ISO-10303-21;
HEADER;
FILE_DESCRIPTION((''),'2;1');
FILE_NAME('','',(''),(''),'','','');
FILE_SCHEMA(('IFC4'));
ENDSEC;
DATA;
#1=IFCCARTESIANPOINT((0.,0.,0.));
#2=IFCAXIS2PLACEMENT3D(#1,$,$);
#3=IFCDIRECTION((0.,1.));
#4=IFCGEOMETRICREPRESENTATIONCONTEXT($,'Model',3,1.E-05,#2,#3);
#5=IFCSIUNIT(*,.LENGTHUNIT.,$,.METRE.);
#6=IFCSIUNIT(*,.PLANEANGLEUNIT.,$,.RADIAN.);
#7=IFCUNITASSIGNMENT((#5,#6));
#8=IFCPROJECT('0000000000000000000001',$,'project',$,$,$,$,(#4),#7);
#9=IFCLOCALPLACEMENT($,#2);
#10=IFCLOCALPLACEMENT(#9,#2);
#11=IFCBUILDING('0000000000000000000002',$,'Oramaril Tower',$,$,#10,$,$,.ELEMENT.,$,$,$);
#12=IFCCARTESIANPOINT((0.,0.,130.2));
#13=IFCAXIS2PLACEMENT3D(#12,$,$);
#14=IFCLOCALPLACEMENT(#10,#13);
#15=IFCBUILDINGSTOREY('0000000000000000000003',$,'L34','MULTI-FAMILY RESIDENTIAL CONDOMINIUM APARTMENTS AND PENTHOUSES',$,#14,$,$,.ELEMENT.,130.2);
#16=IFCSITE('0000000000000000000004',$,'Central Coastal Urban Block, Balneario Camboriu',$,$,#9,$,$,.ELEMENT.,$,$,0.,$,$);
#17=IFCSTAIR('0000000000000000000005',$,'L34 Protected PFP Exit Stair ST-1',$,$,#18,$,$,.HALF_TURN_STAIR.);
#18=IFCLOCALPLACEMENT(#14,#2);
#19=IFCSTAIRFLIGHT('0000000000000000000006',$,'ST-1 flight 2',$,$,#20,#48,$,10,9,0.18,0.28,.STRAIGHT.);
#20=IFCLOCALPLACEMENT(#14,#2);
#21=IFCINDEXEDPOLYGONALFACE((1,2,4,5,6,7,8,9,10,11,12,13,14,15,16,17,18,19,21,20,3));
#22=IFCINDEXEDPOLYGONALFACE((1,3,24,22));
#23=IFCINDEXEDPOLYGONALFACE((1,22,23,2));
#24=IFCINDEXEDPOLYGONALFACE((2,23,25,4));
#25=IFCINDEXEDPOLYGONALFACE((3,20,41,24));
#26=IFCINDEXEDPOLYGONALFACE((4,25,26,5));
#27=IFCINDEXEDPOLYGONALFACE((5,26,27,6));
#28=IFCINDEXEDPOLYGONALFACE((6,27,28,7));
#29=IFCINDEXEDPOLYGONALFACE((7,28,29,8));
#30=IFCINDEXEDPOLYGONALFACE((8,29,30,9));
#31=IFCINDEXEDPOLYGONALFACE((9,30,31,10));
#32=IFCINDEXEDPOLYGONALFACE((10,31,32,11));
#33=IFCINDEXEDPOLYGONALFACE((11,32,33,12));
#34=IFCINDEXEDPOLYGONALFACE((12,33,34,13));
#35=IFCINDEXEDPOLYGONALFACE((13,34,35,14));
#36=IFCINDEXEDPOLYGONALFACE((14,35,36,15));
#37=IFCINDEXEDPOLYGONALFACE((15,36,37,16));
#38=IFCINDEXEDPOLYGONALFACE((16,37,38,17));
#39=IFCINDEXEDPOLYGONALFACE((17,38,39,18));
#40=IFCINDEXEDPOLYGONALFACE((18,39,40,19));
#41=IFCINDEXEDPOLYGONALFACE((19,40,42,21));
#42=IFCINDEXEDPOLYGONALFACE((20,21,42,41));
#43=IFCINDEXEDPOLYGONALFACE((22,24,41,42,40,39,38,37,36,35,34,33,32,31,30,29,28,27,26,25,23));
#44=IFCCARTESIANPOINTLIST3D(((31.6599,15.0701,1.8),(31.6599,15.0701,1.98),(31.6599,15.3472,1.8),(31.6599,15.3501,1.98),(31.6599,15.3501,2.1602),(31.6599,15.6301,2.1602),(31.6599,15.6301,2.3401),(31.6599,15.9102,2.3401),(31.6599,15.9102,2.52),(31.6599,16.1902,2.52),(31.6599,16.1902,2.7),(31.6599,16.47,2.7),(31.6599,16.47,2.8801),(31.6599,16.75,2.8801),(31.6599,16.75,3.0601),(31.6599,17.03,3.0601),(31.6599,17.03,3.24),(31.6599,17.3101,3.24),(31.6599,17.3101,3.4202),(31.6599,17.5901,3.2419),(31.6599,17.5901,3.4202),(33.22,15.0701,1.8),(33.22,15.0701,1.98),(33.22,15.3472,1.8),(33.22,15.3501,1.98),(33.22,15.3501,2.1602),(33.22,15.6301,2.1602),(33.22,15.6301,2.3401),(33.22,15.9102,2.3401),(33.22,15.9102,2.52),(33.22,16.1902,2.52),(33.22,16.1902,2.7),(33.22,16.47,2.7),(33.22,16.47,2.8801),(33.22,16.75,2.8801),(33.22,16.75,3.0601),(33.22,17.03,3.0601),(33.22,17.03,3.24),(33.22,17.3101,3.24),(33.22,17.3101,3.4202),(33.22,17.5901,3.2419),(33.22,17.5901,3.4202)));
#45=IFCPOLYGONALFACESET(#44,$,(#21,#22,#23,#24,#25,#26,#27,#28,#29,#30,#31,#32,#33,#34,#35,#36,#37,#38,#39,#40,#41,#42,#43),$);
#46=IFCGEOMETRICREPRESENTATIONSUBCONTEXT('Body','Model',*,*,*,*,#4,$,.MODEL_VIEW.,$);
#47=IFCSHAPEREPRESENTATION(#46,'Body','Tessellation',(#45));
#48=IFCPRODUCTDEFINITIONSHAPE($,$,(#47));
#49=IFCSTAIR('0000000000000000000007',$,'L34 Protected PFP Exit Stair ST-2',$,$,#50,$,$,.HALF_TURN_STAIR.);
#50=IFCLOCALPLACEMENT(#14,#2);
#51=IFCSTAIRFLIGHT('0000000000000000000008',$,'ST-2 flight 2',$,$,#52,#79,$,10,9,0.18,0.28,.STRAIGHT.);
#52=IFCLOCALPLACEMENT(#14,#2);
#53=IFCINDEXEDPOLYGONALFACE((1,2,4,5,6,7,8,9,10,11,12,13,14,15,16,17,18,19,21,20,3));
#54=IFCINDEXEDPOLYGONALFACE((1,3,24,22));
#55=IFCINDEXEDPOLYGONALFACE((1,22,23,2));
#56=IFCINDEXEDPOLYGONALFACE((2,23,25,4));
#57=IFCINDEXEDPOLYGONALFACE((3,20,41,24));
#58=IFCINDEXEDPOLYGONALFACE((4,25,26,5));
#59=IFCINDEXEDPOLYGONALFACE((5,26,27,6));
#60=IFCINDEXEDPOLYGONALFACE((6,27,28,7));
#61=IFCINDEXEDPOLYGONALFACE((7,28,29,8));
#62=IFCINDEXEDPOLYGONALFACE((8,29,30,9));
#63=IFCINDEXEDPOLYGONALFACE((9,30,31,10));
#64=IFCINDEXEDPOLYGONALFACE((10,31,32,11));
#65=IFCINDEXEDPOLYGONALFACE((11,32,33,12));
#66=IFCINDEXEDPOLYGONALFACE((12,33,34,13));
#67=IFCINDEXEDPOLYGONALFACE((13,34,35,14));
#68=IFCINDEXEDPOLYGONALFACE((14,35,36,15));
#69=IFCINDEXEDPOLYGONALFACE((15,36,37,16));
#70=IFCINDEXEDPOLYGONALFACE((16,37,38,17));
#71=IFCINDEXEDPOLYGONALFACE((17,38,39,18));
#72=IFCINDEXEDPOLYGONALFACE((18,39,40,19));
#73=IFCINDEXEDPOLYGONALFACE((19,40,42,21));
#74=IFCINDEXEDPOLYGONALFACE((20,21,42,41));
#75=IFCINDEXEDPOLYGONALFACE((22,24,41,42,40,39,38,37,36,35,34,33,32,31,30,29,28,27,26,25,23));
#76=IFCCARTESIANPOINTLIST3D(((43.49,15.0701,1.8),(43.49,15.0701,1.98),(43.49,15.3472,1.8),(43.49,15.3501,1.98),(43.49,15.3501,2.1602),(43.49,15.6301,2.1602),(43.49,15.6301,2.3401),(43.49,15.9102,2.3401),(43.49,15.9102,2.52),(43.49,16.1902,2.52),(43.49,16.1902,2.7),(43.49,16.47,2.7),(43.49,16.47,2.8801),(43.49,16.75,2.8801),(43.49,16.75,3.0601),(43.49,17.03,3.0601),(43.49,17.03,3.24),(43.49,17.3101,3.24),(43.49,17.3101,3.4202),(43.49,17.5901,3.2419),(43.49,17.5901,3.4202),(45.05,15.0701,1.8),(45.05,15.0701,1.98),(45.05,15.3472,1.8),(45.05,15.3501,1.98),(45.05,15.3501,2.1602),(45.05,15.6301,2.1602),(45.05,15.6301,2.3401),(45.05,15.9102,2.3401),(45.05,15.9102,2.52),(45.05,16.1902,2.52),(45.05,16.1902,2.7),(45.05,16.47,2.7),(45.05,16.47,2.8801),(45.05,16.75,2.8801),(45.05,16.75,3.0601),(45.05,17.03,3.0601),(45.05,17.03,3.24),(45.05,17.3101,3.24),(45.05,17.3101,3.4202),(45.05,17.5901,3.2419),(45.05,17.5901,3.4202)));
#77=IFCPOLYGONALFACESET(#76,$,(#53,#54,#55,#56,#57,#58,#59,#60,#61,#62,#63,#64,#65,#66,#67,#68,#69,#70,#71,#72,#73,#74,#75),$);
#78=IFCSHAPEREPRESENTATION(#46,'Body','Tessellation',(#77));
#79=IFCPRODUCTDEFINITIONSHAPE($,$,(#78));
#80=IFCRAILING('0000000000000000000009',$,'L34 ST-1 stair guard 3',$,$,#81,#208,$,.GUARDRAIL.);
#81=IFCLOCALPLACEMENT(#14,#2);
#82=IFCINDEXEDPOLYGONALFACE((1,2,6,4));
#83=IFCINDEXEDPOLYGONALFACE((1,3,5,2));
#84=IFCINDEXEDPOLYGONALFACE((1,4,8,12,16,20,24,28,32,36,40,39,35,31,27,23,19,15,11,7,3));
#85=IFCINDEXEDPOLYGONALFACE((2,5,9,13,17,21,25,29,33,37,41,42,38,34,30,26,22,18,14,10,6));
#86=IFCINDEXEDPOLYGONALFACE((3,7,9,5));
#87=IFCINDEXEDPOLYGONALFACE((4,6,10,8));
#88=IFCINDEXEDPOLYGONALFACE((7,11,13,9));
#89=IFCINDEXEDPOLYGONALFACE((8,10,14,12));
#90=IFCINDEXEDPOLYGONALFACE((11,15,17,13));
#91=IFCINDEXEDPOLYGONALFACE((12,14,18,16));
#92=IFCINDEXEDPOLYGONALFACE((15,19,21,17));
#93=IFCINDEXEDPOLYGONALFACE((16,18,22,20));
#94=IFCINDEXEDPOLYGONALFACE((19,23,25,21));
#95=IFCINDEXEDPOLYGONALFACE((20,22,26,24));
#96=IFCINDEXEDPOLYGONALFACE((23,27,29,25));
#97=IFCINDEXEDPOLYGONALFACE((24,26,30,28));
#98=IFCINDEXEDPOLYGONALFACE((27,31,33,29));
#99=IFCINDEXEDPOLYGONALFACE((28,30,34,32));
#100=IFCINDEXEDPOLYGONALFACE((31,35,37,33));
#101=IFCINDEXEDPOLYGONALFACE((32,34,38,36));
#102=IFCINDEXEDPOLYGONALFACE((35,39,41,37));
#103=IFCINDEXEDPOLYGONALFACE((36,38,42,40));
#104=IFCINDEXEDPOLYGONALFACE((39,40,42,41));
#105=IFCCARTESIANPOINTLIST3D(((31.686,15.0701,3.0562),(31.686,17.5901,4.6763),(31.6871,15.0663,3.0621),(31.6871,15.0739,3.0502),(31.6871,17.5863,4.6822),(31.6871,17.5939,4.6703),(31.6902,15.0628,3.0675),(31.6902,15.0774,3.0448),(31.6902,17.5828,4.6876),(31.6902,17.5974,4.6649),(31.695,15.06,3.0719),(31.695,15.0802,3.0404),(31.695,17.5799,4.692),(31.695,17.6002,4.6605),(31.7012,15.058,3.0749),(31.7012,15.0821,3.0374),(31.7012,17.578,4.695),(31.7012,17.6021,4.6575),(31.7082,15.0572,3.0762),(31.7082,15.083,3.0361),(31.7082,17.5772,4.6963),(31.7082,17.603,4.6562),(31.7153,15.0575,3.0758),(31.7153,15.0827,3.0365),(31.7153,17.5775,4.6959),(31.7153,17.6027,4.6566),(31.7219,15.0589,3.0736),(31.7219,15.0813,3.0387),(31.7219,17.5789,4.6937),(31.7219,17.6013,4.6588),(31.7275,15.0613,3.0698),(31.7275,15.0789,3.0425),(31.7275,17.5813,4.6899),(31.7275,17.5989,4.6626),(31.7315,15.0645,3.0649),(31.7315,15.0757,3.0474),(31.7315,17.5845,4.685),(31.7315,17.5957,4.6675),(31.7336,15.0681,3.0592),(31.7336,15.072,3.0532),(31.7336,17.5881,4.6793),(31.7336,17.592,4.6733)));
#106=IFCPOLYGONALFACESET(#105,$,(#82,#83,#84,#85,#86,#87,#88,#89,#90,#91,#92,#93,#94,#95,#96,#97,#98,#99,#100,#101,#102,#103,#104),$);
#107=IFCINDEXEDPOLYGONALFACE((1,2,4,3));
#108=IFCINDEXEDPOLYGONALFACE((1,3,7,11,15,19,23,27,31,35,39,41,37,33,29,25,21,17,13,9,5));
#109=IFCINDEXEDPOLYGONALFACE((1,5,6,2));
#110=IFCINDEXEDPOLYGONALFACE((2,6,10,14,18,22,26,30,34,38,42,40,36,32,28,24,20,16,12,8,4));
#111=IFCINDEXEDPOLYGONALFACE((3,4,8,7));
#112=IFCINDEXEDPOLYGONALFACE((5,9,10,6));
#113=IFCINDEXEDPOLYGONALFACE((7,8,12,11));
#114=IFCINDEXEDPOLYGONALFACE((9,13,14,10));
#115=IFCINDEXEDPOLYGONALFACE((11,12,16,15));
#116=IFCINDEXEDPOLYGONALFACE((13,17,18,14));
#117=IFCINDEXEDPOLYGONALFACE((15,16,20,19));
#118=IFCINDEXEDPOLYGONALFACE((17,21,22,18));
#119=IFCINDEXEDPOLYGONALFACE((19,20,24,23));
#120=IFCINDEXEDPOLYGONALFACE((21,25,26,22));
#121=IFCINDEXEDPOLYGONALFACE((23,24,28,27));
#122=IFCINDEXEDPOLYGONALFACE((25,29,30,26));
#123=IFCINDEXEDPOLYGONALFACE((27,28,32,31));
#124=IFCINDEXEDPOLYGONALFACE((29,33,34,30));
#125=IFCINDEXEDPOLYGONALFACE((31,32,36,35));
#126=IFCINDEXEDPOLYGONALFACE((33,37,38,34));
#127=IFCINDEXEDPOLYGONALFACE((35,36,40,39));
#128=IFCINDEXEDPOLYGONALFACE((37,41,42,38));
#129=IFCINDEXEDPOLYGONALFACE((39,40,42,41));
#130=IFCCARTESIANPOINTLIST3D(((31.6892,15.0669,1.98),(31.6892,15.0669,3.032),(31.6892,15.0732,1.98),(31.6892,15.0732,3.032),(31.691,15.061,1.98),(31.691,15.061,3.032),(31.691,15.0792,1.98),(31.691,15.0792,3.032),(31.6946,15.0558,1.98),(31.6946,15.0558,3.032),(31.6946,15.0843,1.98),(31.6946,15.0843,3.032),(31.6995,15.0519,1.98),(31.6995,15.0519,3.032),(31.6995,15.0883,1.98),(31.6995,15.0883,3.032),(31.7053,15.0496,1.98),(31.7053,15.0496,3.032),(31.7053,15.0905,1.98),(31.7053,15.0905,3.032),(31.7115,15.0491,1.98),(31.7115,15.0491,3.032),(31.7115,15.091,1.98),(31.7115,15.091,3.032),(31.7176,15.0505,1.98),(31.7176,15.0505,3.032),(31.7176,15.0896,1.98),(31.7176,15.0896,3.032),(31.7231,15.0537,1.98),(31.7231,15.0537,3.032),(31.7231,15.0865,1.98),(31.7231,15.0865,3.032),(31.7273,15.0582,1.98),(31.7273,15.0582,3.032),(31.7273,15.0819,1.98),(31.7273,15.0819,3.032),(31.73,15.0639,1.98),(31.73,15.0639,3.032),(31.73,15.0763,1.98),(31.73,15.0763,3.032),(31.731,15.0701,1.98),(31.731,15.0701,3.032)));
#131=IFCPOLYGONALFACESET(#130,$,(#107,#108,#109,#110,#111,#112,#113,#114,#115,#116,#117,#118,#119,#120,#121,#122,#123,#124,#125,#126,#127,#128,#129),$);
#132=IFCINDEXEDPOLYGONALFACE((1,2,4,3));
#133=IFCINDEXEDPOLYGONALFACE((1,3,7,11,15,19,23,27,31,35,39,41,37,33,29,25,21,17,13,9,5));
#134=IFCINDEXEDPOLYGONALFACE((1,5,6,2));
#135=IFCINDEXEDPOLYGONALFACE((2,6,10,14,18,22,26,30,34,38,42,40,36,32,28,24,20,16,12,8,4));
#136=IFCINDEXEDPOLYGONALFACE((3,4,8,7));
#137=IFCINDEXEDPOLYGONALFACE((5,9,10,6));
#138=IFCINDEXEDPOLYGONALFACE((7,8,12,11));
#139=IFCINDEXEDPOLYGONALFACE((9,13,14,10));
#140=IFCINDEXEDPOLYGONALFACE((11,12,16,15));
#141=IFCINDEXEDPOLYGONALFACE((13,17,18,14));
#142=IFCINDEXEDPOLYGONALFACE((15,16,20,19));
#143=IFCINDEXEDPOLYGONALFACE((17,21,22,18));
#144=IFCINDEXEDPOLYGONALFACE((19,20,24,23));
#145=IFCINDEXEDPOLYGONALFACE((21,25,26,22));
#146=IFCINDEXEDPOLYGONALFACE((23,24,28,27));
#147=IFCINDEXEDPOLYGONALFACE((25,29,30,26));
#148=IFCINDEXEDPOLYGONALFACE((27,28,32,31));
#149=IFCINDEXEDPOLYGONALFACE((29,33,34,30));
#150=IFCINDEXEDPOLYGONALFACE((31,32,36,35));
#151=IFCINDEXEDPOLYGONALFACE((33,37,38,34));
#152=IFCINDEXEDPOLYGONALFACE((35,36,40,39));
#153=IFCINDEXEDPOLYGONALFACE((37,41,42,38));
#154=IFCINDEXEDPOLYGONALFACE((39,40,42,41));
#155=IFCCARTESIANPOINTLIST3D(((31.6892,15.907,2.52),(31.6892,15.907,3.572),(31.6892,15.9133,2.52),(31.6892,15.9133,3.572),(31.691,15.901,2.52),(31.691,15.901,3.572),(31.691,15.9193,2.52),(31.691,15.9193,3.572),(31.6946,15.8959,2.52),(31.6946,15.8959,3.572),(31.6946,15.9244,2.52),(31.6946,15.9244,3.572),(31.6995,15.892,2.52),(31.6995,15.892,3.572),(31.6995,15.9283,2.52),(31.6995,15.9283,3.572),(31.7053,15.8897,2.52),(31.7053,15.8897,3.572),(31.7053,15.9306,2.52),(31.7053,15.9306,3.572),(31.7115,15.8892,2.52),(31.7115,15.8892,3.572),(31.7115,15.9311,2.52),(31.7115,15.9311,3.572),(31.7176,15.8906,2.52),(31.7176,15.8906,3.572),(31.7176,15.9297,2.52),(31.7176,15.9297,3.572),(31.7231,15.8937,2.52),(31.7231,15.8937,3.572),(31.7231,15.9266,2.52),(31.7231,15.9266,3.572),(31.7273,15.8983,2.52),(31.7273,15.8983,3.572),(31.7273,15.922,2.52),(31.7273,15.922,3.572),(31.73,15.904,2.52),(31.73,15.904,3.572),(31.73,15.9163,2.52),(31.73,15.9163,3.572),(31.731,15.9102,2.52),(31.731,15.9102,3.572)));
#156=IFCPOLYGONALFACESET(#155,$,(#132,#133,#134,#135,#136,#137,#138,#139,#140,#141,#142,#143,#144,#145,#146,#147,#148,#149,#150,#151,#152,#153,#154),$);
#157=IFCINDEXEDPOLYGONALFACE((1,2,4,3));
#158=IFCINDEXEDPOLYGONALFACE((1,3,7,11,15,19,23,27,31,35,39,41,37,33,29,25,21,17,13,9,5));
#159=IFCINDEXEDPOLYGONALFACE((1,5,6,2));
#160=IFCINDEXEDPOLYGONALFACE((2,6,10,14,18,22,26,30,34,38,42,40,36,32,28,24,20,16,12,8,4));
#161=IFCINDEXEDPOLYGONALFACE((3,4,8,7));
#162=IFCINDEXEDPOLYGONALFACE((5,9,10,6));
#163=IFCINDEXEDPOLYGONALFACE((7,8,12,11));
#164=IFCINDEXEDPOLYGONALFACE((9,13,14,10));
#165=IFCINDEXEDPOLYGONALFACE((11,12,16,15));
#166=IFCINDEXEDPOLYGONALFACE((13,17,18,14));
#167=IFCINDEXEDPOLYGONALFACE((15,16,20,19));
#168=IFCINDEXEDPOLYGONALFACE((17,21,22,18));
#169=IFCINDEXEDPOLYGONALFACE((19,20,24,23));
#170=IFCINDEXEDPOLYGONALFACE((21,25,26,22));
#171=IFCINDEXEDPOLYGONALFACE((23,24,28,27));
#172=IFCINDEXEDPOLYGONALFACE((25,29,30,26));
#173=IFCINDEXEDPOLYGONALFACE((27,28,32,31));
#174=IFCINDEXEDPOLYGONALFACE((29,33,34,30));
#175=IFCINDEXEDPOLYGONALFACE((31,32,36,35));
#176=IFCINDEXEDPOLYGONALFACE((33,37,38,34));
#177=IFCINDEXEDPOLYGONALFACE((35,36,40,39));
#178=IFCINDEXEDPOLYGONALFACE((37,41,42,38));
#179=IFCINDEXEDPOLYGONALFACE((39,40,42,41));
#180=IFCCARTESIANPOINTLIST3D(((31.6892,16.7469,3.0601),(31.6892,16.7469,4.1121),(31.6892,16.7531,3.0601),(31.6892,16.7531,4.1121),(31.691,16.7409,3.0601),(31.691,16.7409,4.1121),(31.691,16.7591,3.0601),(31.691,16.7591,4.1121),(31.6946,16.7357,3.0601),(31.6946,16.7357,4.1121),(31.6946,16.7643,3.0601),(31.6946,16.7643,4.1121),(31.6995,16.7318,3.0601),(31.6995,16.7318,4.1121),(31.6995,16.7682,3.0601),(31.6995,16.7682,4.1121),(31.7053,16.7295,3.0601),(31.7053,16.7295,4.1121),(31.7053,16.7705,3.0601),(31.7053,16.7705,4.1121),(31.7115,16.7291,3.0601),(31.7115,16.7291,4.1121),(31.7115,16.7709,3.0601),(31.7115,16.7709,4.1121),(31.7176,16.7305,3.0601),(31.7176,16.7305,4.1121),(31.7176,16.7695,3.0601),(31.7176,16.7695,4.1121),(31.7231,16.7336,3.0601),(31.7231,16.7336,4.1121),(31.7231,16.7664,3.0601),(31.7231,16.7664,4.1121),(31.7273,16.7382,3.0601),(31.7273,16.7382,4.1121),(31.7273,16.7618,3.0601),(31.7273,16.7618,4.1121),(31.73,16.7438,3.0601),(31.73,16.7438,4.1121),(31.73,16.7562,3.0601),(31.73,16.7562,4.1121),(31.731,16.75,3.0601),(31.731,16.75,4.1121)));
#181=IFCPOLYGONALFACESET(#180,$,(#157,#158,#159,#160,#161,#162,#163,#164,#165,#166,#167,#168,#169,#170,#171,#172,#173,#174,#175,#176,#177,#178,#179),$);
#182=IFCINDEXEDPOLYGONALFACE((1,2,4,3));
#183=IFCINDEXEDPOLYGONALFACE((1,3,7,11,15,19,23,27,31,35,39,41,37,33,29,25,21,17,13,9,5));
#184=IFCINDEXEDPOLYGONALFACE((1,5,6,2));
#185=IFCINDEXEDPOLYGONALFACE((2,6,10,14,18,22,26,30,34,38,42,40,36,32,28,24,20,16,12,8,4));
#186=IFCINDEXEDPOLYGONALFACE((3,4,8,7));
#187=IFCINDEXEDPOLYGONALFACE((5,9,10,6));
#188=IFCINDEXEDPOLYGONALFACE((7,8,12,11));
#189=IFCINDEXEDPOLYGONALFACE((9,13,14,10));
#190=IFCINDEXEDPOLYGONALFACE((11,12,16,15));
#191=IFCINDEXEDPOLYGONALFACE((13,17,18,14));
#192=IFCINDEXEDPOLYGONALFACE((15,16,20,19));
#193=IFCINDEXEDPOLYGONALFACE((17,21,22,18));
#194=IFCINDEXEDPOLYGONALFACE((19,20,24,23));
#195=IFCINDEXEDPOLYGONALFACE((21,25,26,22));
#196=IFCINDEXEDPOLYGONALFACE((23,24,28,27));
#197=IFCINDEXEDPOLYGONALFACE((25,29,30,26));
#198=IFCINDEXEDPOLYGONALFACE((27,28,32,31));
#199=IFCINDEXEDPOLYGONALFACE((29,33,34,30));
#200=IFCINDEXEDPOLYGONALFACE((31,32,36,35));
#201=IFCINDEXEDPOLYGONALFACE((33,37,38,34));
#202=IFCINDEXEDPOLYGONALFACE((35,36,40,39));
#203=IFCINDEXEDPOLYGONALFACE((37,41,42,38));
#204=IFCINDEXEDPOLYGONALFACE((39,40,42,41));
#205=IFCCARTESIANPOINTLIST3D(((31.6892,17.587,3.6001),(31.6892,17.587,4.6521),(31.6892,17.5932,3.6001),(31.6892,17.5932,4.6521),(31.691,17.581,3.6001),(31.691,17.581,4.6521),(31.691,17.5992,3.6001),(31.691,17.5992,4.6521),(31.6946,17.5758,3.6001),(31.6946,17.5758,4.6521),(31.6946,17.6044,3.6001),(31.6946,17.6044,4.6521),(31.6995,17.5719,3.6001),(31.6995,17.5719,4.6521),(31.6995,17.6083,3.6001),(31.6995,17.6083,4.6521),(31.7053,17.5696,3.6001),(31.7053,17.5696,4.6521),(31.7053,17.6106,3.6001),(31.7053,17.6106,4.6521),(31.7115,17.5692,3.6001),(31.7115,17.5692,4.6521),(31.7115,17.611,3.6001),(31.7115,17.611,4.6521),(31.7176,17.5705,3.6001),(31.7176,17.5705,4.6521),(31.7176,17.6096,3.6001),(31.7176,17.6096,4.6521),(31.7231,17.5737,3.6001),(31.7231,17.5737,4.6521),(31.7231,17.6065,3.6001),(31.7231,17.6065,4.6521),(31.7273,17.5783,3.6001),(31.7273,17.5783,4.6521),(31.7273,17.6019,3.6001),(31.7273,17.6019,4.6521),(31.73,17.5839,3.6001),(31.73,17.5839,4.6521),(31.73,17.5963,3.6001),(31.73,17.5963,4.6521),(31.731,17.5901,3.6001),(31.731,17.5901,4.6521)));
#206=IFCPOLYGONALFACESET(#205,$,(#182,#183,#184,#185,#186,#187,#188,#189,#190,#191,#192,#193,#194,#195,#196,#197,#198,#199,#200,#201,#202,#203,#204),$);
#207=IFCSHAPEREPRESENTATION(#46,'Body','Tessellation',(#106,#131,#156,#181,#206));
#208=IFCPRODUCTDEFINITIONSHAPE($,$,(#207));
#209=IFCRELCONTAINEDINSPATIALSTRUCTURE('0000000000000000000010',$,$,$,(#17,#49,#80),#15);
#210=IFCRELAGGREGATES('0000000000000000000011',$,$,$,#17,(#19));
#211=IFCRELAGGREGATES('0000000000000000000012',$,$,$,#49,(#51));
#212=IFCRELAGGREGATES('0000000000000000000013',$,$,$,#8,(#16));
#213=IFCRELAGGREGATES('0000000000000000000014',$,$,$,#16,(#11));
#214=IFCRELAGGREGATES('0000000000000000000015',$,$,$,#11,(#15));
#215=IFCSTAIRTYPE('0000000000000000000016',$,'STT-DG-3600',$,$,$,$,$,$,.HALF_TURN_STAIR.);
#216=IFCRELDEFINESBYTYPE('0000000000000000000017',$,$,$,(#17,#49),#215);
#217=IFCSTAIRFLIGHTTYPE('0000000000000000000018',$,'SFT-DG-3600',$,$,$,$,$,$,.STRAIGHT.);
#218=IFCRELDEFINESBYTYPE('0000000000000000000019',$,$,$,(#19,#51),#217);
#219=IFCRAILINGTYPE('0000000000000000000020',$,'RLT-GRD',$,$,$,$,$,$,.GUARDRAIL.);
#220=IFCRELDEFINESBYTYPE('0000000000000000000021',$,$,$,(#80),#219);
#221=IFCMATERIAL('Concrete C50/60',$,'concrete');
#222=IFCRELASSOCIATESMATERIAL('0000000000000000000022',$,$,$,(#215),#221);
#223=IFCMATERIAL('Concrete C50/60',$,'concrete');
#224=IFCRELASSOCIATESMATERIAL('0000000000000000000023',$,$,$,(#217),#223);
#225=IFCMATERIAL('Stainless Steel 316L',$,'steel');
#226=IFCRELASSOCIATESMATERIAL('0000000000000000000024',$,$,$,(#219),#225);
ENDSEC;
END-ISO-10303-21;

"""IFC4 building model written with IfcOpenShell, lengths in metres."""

from ifc_helpers import new_model, si_unit, direction, frame, origin, origin_2d, place, context, subcontext, project, spatial, polyline, circle, outline, extrude, material, type_object, element, aggregate, save


model = new_model("IFC4")

# Units and contexts
model_context = context("Model", 3, precision=1e-05, world=origin(), true_north=direction((0.0, 1.0)))
body_context = subcontext(model_context, "Body", "Model", "MODEL_VIEW")
ifc_project = project(units=[si_unit("LENGTHUNIT", "METRE"), si_unit("PLANEANGLEUNIT", "RADIAN")], contexts=[model_context])

# Site, building, storey
site_placement = place(None, origin())
site = spatial("IfcSite", under=ifc_project, at=site_placement, Name="Central Coastal Urban Block, Balneario Camboriu", CompositionType="ELEMENT", RefElevation=0.0)
building_placement = place(site_placement, origin())
building = spatial("IfcBuilding", under=site, at=building_placement, Name="Oramaril Tower", CompositionType="ELEMENT")
storey_placement = place(building_placement, frame((0.0, 0.0, 130.2)))
storey = spatial("IfcBuildingStorey", under=building, at=storey_placement, Name="L34", Description="MULTI-FAMILY RESIDENTIAL CONDOMINIUM APARTMENTS AND PENTHOUSES", CompositionType="ELEMENT", Elevation=130.2)

# Stairs, stair flights
ifc_material_1 = material(Name="Concrete C50/60", Category="concrete")
stair_type = type_object("IfcStairType", Name="STT-DG-3600", PredefinedType="HALF_TURN_STAIR", material=ifc_material_1)
stair_1_placement = place(storey_placement, origin())
stair_1 = element("IfcStair", 1, at=stair_1_placement, inside=storey, type_object=stair_type, Name="L34 Protected PFP Exit Stair ST-1", PredefinedType="HALF_TURN_STAIR")
ifc_material_2 = material(Name="Concrete C50/60", Category="concrete")
stair_flight_type = type_object("IfcStairFlightType", Name="SFT-DG-3600", PredefinedType="STRAIGHT", material=ifc_material_2)
stair_flight_1_placement = place(storey_placement, frame((32.4399, 15.0701, 1.8), z_axis=(0.0, 0.0, 1.0), x_axis=(0.0, 1.0, 0.0)))
stair_flight_1 = element("IfcStairFlight", 2, at=stair_flight_1_placement, type_object=stair_flight_type, Name="ST-1 flight 2", NumberOfRisers=10, NumberOfTreads=9, PredefinedType="STRAIGHT", RiserHeight=0.18, TreadLength=0.28, context=body_context, shape_type="SweptSolid", body=[
    extrude(outline(polyline([(0.0, 0.0), (0.0, 0.1799), (0.28, 0.1799), (0.28, 0.3601), (0.5601, 0.3601), (0.5601, 0.54), (0.8401, 0.54), (0.8401, 0.72), (1.1201, 0.72), (1.1201, 0.8999), (1.3999, 0.8999), (1.3999, 1.0801), (1.6799, 1.0801), (1.6799, 1.26), (1.96, 1.26), (1.96, 1.4399), (2.24, 1.4399), (2.24, 1.6201), (2.52, 1.6201), (2.52, 1.8), (2.52, 1.4419), (0.2771, 0.0), (0.0, 0.0)])), frame((0.0, 0.78, 0.0), z_axis=(0.0, -1.0, 0.0), x_axis=(1.0, 0.0, 0.0)), (0.0, 0.0, 1.0), 1.5601),
])
aggregate(stair_1, [stair_flight_1])
stair_2_placement = place(storey_placement, origin())
stair_2 = element("IfcStair", 3, at=stair_2_placement, inside=storey, type_object=stair_type, Name="L34 Protected PFP Exit Stair ST-2", PredefinedType="HALF_TURN_STAIR")
stair_flight_2_placement = place(storey_placement, frame((44.27, 15.0701, 1.8), z_axis=(0.0, 0.0, 1.0), x_axis=(0.0, 1.0, 0.0)))
stair_flight_2 = element("IfcStairFlight", 4, at=stair_flight_2_placement, type_object=stair_flight_type, Name="ST-2 flight 2", NumberOfRisers=10, NumberOfTreads=9, PredefinedType="STRAIGHT", RiserHeight=0.18, TreadLength=0.28, context=body_context, shape_type="SweptSolid", body=[
    extrude(outline(polyline([(0.0, 0.0), (0.0, 0.1799), (0.28, 0.1799), (0.28, 0.3601), (0.5601, 0.3601), (0.5601, 0.54), (0.8401, 0.54), (0.8401, 0.72), (1.1201, 0.72), (1.1201, 0.8999), (1.3999, 0.8999), (1.3999, 1.0801), (1.6799, 1.0801), (1.6799, 1.26), (1.96, 1.26), (1.96, 1.4399), (2.24, 1.4399), (2.24, 1.6201), (2.52, 1.6201), (2.52, 1.8), (2.52, 1.4419), (0.2771, 0.0), (0.0, 0.0)])), frame((0.0, 0.78, 0.0), z_axis=(0.0, -1.0, 0.0), x_axis=(1.0, 0.0, 0.0)), (0.0, 0.0, 1.0), 1.5601),
])
aggregate(stair_2, [stair_flight_2])

# Railing
ifc_material_3 = material(Name="Stainless Steel 316L", Category="steel")
railing_type_1 = type_object("IfcRailingType", Name="RLT-GRD", PredefinedType="GUARDRAIL", material=ifc_material_3)
railing_1_placement = place(storey_placement, frame((31.71, 15.0701, 1.98)))
element("IfcRailing", 5, at=railing_1_placement, inside=storey, type_object=railing_type_1, Name="L34 ST-1 stair guard 3", PredefinedType="GUARDRAIL", context=body_context, shape_type="SweptSolid", body=[
    extrude(circle(Radius=0.0239, at=origin_2d()), frame((0.0, 0.0, 1.0762), z_axis=(0.0, 0.841163, 0.540782), x_axis=(-1.0, 0.0, 0.0)), (0.0, 0.0, 1.0), 2.9958),
    extrude(circle(Radius=0.021, at=origin_2d()), origin(), (0.0, 0.0, 1.0), 1.052),
    extrude(circle(Radius=0.021, at=origin_2d()), frame((0.0, 0.8401, 0.54)), (0.0, 0.0, 1.0), 1.052),
    extrude(circle(Radius=0.021, at=origin_2d()), frame((0.0, 1.6799, 1.0801)), (0.0, 0.0, 1.0), 1.052),
    extrude(circle(Radius=0.021, at=origin_2d()), frame((0.0, 2.52, 1.6201)), (0.0, 0.0, 1.0), 1.052),
])

save(model, "model.ifc")
